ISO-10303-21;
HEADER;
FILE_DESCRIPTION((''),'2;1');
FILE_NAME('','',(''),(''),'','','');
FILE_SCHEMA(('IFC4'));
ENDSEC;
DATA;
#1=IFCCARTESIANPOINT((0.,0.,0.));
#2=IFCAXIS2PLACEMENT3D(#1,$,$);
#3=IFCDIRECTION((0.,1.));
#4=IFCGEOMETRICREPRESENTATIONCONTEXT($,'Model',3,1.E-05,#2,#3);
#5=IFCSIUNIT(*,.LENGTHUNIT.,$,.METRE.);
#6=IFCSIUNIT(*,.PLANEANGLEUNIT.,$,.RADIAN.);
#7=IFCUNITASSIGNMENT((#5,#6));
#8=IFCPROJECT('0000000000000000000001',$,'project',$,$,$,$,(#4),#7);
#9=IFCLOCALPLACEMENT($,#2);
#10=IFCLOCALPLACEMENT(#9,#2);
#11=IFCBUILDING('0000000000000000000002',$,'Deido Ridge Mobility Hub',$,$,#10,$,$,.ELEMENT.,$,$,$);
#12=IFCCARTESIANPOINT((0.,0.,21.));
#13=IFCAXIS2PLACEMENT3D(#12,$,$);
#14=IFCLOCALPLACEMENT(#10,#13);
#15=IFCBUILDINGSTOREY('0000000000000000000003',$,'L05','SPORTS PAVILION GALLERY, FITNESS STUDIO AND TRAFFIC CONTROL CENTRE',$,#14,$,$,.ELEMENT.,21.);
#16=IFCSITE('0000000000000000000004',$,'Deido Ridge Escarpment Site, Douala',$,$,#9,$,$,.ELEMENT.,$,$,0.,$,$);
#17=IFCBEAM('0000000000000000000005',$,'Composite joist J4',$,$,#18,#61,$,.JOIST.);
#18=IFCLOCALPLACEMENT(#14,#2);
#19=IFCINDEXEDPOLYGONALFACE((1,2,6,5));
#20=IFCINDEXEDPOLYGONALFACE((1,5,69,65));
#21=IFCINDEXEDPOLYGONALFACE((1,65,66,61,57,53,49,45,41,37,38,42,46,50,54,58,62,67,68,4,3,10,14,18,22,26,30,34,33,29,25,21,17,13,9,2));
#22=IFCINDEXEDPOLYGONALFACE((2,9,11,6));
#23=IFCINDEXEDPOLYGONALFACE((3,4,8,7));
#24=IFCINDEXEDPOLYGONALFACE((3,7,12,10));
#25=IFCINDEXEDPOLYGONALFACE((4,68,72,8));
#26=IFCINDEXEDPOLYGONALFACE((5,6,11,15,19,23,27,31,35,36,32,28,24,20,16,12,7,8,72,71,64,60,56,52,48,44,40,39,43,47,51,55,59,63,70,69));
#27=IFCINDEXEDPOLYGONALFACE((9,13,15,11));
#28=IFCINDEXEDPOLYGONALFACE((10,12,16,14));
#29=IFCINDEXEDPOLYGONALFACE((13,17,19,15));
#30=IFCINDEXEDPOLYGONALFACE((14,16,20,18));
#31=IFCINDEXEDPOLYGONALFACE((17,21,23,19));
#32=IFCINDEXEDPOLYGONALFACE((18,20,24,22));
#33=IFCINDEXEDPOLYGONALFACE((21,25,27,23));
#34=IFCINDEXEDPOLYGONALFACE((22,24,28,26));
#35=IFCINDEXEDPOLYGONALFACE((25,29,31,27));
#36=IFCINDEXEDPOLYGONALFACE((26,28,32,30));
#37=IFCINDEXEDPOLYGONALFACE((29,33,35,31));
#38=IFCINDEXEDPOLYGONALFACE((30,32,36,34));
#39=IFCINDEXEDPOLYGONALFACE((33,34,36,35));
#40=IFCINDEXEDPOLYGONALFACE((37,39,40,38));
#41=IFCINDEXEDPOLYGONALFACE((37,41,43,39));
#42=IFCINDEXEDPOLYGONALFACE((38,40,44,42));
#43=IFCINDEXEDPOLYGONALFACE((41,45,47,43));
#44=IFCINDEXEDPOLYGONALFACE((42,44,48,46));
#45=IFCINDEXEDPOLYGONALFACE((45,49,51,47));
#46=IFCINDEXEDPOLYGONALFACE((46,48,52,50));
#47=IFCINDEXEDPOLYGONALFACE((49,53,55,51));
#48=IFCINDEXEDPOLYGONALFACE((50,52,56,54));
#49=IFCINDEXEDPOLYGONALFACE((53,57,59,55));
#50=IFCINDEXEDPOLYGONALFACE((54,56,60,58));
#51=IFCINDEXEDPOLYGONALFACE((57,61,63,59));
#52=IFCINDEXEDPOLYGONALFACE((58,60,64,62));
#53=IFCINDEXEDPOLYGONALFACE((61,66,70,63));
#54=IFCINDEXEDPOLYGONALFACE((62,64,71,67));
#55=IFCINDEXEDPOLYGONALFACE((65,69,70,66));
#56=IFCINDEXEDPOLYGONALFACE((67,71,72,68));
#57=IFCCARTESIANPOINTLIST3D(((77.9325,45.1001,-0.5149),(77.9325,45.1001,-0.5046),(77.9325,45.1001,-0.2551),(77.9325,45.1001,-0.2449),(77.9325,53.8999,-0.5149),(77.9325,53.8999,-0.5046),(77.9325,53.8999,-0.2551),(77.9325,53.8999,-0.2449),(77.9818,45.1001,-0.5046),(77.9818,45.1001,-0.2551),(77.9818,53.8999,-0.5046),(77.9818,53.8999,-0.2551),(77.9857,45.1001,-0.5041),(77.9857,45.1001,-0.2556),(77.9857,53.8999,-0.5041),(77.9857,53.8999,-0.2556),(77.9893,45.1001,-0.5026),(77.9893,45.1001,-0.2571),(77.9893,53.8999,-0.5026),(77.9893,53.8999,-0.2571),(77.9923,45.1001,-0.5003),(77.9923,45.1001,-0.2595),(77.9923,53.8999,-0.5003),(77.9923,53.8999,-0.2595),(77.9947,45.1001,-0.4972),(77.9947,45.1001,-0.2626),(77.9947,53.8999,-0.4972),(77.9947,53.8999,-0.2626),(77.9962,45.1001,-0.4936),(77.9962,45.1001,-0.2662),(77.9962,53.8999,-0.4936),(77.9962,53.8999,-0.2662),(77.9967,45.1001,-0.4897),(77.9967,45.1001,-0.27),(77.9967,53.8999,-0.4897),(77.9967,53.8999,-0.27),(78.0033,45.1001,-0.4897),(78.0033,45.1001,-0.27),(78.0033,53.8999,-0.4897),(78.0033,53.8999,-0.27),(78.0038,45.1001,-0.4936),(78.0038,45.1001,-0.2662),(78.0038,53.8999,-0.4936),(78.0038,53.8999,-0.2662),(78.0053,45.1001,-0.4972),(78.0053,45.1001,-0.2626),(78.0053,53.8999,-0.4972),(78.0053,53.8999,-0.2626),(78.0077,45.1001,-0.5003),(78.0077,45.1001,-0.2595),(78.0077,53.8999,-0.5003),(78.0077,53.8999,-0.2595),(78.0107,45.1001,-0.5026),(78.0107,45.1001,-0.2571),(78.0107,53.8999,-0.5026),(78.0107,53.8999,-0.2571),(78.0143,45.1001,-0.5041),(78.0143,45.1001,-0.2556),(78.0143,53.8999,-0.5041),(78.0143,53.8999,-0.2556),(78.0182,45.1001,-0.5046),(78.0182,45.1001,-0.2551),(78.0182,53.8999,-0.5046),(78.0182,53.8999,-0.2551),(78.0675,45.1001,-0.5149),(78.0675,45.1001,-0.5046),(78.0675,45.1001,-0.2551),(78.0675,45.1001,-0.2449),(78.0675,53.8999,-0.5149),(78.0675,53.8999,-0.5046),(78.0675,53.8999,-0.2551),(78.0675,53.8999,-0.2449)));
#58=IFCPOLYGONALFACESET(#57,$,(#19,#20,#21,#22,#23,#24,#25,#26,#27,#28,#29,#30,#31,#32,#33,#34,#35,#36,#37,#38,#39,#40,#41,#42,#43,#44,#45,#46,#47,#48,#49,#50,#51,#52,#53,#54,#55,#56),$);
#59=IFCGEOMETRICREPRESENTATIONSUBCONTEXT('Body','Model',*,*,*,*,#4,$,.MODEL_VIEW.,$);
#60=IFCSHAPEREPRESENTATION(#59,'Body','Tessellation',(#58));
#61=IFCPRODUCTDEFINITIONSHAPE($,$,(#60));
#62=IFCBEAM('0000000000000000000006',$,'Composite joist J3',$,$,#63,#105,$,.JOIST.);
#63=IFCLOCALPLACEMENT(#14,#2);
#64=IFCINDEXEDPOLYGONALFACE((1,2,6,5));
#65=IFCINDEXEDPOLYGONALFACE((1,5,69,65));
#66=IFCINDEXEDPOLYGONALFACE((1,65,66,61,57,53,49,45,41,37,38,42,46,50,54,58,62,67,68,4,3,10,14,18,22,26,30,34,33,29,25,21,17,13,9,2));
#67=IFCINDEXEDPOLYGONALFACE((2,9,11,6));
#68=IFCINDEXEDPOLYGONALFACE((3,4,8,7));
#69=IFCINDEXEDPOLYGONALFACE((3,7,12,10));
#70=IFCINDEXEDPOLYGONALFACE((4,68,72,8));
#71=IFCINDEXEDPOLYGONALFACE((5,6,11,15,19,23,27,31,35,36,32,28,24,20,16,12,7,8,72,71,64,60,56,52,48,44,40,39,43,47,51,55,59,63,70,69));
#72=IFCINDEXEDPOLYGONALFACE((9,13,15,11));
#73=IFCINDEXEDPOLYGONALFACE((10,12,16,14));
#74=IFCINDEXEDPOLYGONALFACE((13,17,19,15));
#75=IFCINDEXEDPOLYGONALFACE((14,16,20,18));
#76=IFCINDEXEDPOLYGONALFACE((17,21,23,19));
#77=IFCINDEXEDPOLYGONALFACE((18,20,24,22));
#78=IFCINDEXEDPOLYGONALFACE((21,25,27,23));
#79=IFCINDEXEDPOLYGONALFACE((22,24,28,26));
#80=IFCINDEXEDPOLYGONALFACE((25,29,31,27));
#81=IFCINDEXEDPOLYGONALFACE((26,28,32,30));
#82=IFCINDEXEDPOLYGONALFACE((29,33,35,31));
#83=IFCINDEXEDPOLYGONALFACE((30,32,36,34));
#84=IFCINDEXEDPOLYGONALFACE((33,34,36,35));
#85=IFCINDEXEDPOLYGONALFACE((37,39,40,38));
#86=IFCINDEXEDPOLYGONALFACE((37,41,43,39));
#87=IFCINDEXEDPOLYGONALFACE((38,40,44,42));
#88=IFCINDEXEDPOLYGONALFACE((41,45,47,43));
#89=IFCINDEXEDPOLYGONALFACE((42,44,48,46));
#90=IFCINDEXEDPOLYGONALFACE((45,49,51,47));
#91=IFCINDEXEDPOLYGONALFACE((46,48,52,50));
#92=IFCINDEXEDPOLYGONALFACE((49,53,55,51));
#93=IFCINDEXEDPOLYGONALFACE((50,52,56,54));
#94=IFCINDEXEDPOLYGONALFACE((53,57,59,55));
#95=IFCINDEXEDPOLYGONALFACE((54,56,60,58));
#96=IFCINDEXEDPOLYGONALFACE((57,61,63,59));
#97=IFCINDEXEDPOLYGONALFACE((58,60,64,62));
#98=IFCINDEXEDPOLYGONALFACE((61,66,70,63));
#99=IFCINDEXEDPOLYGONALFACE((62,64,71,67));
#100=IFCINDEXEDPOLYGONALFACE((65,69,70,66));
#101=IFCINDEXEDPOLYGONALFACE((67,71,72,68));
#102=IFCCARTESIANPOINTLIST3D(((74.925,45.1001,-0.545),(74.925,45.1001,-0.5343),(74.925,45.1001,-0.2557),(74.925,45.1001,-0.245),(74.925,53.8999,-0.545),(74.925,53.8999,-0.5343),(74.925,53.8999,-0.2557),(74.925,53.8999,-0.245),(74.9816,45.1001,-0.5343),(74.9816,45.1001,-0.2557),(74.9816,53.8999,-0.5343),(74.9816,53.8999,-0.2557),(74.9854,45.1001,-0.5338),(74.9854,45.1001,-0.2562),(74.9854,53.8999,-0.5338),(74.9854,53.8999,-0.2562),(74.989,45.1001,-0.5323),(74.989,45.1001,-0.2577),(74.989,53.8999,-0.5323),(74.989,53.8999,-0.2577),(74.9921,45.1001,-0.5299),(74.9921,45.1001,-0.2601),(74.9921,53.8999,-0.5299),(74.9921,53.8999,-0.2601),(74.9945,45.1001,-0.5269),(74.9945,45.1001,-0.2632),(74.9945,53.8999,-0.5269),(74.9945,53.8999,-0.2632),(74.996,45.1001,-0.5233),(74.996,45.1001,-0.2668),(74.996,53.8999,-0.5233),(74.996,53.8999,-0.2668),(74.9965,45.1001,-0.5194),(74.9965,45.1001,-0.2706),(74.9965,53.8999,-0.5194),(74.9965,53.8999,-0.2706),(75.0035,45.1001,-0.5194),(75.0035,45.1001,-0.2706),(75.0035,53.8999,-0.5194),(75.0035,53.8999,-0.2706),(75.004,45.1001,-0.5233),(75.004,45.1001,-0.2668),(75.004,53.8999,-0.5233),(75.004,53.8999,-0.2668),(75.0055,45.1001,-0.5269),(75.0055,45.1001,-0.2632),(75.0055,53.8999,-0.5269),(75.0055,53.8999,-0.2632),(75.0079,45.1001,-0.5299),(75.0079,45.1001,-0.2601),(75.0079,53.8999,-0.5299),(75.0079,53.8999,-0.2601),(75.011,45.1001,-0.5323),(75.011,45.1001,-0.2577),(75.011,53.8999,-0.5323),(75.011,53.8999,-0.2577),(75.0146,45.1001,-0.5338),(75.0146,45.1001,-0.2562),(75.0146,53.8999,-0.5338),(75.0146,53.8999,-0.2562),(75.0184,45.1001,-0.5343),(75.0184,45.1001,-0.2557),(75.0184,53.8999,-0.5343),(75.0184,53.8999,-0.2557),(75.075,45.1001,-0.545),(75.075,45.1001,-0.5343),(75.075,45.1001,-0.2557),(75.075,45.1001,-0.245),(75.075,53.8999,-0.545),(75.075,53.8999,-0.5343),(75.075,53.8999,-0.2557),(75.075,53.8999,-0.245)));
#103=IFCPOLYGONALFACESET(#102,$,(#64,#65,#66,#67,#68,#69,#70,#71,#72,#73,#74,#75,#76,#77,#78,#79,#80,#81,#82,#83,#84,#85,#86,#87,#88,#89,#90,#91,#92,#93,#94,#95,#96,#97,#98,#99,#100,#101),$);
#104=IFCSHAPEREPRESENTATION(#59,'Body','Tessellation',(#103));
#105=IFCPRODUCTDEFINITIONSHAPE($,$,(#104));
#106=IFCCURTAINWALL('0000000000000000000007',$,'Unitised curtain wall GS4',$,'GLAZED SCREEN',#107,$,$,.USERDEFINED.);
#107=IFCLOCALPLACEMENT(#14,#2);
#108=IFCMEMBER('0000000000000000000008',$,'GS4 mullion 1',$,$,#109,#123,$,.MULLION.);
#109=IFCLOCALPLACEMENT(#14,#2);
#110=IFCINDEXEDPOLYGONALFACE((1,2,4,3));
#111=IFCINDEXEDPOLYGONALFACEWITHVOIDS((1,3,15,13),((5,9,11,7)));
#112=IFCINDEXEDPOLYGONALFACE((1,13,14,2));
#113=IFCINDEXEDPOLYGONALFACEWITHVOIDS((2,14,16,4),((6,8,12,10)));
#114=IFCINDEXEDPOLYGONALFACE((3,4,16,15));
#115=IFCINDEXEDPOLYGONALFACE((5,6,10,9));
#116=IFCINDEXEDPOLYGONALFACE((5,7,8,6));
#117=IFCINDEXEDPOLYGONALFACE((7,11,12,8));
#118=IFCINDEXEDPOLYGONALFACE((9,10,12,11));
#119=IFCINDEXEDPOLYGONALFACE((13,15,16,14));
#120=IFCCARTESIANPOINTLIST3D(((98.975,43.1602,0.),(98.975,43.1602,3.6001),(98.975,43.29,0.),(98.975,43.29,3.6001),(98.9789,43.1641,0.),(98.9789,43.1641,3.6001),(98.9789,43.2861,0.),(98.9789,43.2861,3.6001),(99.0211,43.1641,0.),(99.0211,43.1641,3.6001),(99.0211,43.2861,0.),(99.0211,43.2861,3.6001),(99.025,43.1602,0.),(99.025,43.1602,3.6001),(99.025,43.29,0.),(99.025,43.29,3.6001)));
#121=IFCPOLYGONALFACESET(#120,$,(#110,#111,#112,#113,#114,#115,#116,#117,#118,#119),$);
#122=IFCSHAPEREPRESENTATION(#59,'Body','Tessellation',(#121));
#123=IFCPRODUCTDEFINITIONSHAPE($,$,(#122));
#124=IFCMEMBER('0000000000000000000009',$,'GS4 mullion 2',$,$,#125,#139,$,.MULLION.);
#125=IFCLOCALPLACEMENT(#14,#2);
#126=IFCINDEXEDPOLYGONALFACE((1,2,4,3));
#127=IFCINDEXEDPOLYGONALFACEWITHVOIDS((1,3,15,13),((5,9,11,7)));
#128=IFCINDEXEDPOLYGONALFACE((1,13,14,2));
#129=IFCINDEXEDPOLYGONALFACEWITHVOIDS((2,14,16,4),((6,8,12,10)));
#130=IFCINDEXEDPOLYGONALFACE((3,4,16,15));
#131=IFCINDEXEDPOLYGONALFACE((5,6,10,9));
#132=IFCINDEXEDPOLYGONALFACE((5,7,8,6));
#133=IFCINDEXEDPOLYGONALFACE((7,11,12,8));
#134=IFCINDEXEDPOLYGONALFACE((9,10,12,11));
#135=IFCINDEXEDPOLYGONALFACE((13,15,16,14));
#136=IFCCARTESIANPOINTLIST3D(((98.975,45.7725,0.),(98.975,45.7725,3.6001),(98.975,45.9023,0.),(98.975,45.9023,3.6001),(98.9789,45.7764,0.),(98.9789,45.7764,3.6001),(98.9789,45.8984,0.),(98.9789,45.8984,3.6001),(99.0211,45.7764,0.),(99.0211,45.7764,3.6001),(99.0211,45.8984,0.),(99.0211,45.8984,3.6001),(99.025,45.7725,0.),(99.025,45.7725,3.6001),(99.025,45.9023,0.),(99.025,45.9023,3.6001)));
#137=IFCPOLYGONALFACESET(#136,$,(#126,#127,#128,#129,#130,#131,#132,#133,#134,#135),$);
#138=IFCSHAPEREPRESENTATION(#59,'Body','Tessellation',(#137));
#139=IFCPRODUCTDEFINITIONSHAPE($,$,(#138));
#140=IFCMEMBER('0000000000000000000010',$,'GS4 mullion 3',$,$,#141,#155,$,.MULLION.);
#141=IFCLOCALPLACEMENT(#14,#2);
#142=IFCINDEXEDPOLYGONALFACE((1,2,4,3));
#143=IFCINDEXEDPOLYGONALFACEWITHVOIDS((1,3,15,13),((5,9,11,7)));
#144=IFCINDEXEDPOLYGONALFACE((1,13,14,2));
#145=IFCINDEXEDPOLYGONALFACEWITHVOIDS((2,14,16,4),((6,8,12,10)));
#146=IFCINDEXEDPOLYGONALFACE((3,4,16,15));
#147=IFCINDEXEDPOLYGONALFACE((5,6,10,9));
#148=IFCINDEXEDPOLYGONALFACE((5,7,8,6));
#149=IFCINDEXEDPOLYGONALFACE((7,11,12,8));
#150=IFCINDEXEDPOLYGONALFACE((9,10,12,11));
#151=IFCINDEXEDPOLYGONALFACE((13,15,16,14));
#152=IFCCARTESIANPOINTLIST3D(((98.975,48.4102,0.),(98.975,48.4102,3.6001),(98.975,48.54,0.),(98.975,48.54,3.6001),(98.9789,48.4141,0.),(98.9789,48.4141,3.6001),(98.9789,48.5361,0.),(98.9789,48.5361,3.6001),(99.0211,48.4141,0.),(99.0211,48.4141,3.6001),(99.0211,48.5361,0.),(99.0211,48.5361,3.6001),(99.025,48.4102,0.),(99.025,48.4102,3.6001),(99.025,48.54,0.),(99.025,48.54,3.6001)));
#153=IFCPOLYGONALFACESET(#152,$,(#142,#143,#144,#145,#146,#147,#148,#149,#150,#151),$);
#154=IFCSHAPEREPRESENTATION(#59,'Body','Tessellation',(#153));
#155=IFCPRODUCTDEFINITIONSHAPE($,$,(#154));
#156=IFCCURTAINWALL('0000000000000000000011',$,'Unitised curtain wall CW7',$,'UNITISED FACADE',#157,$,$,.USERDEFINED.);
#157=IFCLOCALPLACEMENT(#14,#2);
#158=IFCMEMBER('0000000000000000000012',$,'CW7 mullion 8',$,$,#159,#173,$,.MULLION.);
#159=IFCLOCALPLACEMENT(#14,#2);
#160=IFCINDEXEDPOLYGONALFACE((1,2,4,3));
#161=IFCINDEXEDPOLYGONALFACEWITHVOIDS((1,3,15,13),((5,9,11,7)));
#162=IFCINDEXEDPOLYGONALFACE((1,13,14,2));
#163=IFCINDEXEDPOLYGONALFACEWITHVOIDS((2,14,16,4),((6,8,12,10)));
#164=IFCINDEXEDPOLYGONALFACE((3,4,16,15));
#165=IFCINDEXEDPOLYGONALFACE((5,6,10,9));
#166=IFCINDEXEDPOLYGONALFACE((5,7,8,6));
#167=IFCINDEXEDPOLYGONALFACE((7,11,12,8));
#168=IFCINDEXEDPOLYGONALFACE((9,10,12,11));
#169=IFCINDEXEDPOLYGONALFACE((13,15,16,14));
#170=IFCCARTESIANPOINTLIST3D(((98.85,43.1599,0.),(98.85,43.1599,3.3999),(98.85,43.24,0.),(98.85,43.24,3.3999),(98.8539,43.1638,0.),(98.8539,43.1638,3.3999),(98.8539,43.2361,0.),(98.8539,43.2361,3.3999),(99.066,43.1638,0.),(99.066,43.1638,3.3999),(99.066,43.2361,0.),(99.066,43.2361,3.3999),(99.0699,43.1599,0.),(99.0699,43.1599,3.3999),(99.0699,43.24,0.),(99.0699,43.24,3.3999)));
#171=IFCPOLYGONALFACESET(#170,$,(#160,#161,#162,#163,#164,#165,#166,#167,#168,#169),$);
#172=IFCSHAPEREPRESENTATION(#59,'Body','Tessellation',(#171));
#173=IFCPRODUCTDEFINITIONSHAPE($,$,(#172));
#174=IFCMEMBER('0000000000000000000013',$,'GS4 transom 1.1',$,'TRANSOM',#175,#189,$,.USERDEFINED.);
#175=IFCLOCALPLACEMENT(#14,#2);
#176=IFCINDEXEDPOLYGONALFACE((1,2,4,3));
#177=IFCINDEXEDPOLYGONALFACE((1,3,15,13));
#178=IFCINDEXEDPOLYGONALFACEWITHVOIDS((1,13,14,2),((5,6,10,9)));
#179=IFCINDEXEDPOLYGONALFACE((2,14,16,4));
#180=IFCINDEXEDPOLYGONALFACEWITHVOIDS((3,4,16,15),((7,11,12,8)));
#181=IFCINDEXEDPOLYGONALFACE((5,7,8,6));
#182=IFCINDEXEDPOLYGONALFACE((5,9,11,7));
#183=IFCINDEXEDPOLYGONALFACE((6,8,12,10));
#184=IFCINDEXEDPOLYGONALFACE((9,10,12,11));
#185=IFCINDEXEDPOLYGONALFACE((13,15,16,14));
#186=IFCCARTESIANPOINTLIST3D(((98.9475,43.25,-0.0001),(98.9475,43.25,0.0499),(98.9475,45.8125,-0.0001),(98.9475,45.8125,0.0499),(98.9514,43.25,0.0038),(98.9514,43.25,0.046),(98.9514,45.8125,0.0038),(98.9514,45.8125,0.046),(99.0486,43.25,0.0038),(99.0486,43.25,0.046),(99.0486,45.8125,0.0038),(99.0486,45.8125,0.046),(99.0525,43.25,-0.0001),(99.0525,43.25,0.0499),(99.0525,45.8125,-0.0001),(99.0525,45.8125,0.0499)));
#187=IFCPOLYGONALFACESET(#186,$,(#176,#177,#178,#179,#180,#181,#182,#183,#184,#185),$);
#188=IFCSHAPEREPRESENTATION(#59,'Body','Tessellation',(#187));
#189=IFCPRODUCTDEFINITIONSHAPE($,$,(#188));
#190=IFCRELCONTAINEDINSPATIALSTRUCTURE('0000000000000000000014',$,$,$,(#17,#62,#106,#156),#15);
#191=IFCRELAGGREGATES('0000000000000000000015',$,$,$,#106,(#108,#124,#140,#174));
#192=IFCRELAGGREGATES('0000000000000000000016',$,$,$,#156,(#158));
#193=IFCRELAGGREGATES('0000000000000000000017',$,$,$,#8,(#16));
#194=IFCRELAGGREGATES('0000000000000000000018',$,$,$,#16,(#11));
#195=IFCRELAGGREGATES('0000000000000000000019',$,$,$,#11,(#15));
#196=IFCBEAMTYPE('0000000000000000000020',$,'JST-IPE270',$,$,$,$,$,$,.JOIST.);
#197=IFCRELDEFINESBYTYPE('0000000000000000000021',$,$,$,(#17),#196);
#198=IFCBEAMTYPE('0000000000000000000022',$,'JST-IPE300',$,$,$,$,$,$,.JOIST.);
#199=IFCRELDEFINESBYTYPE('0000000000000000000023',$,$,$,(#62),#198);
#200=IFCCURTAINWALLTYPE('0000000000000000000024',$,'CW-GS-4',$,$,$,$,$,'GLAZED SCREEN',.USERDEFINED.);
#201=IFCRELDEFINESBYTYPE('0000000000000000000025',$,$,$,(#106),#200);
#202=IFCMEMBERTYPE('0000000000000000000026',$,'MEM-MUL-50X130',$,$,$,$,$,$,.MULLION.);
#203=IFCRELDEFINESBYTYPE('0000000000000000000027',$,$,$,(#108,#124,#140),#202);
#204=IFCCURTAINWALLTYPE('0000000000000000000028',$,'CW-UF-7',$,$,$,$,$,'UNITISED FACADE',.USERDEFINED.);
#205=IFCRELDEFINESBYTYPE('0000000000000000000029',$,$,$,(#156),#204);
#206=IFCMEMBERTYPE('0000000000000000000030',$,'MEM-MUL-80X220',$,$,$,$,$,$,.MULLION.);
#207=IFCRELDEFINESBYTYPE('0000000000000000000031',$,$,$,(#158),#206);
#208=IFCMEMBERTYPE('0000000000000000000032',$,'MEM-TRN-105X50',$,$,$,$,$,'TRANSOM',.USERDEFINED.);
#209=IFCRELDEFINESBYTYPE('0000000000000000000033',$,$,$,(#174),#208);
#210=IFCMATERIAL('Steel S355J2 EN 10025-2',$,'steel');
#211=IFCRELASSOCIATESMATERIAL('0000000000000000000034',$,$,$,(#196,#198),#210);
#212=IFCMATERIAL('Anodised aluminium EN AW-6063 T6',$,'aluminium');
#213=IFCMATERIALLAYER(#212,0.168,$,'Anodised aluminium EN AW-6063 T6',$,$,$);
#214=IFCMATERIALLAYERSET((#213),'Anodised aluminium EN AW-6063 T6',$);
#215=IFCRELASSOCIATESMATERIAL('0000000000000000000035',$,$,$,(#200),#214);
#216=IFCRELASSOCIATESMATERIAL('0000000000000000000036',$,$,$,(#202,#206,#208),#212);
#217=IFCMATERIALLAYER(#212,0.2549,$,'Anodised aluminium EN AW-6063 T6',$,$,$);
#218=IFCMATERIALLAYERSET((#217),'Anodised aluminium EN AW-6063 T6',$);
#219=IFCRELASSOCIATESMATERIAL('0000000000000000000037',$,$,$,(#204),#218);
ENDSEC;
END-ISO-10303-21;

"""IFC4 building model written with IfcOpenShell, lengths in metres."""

from ifc_helpers import new_model, si_unit, direction, frame, origin, origin_2d, place, context, subcontext, project, spatial, hollow_rectangle, i_section, extrude, material, layer, layer_set, material_profile, profile_set, type_object, element, aggregate, save


model = new_model("IFC4")

# Units and contexts
model_context = context("Model", 3, precision=1e-05, world=origin(), true_north=direction((0.0, 1.0)))
body_context = subcontext(model_context, "Body", "Model", "MODEL_VIEW")
ifc_project = project(units=[si_unit("LENGTHUNIT", "METRE"), si_unit("PLANEANGLEUNIT", "RADIAN")], contexts=[model_context])

# Site, building, storey
site_placement = place(None, origin())
site = spatial("IfcSite", under=ifc_project, at=site_placement, Name="Deido Ridge Escarpment Site, Douala", CompositionType="ELEMENT", RefElevation=0.0)
building_placement = place(site_placement, origin())
building = spatial("IfcBuilding", under=site, at=building_placement, Name="Deido Ridge Mobility Hub", CompositionType="ELEMENT")
storey_placement = place(building_placement, frame((0.0, 0.0, 21.0)))
storey = spatial("IfcBuildingStorey", under=building, at=storey_placement, Name="L05", Description="SPORTS PAVILION GALLERY, FITNESS STUDIO AND TRAFFIC CONTROL CENTRE", CompositionType="ELEMENT", Elevation=21.0)

# Shared definitions
ifc_material_1 = material(Name="Steel S355J2 EN 10025-2", Category="steel")

# Beams
ifc_material_profile_1 = material_profile(ifc_material_1, i_section(OverallWidth=0.135, OverallDepth=0.27, WebThickness=0.0066, FlangeThickness=0.0103, FilletRadius=0.0149, at=origin_2d()), Name="IPE 270")
ifc_profile_set_1 = profile_set([ifc_material_profile_1], Name="Steel S355J2 EN 10025-2")
beam_type_1 = type_object("IfcBeamType", Name="JST-IPE270", PredefinedType="JOIST", material=ifc_profile_set_1)
beam_1_placement = place(storey_placement, frame((78.0, 45.1001, -0.3799), z_axis=(0.0, 1.0, 0.0), x_axis=(-1.0, 0.0, 0.0)))
element("IfcBeam", 1, at=beam_1_placement, inside=storey, type_object=beam_type_1, Name="Composite joist J4", PredefinedType="JOIST", context=body_context, shape_type="SweptSolid", body=[
    extrude(i_section(OverallWidth=0.135, OverallDepth=0.27, WebThickness=0.0066, FlangeThickness=0.0103, FilletRadius=0.0149, at=origin_2d()), origin(), (0.0, 0.0, 1.0), 8.7998),
])
ifc_material_profile_2 = material_profile(ifc_material_1, i_section(OverallWidth=0.1499, OverallDepth=0.3, WebThickness=0.0071, FlangeThickness=0.0107, FilletRadius=0.0149, at=origin_2d()), Name="IPE 300")
ifc_profile_set_2 = profile_set([ifc_material_profile_2], Name="Steel S355J2 EN 10025-2")
beam_type_2 = type_object("IfcBeamType", Name="JST-IPE300", PredefinedType="JOIST", material=ifc_profile_set_2)
beam_2_placement = place(storey_placement, frame((75.0, 45.1001, -0.395), z_axis=(0.0, 1.0, 0.0), x_axis=(-1.0, 0.0, 0.0)))
element("IfcBeam", 2, at=beam_2_placement, inside=storey, type_object=beam_type_2, Name="Composite joist J3", PredefinedType="JOIST", context=body_context, shape_type="SweptSolid", body=[
    extrude(i_section(OverallWidth=0.1499, OverallDepth=0.3, WebThickness=0.0071, FlangeThickness=0.0107, FilletRadius=0.0149, at=origin_2d()), origin(), (0.0, 0.0, 1.0), 8.7998),
])

# Curtain wall, members
ifc_material_2 = material(Name="Anodised aluminium EN AW-6063 T6", Category="aluminium")
ifc_layer_1 = layer(ifc_material_2, 0.168, Name="Anodised aluminium EN AW-6063 T6")
ifc_layer_set_1 = layer_set([ifc_layer_1], Name="Anodised aluminium EN AW-6063 T6")
curtain_wall_type_1 = type_object("IfcCurtainWallType", Name="CW-GS-4", ElementType="GLAZED SCREEN", PredefinedType="USERDEFINED", material=ifc_layer_set_1)
curtain_wall_1_placement = place(storey_placement, origin())
curtain_wall_1 = element("IfcCurtainWall", 3, at=curtain_wall_1_placement, inside=storey, type_object=curtain_wall_type_1, Name="Unitised curtain wall GS4", ObjectType="GLAZED SCREEN", PredefinedType="USERDEFINED")
ifc_material_profile_3 = material_profile(ifc_material_2, hollow_rectangle(XDim=0.05, YDim=0.1299, WallThickness=0.0039, at=origin_2d()), Name="RHS 50x130x4")
ifc_profile_set_3 = profile_set([ifc_material_profile_3], Name="Anodised aluminium EN AW-6063 T6")
member_type_1 = type_object("IfcMemberType", Name="MEM-MUL-50X130", PredefinedType="MULLION", material=ifc_profile_set_3)
member_1_placement = place(storey_placement, frame((99.0, 43.2251, 0.0), z_axis=(0.0, 0.0, 1.0), x_axis=(-1.0, 0.0, 0.0)))
member_1 = element("IfcMember", 4, at=member_1_placement, type_object=member_type_1, Name="GS4 mullion 1", PredefinedType="MULLION", context=body_context, shape_type="SweptSolid", body=[
    extrude(hollow_rectangle(XDim=0.05, YDim=0.1299, WallThickness=0.0039, at=origin_2d()), origin(), (0.0, 0.0, 1.0), 3.6001),
])
member_2_placement = place(storey_placement, frame((99.0, 45.8374, 0.0), z_axis=(0.0, 0.0, 1.0), x_axis=(-1.0, 0.0, 0.0)))
member_2 = element("IfcMember", 5, at=member_2_placement, type_object=member_type_1, Name="GS4 mullion 2", PredefinedType="MULLION", context=body_context, shape_type="SweptSolid", body=[
    extrude(hollow_rectangle(XDim=0.05, YDim=0.1299, WallThickness=0.0039, at=origin_2d()), origin(), (0.0, 0.0, 1.0), 3.6001),
])
member_3_placement = place(storey_placement, frame((99.0, 48.4751, 0.0), z_axis=(0.0, 0.0, 1.0), x_axis=(-1.0, 0.0, 0.0)))
member_3 = element("IfcMember", 6, at=member_3_placement, type_object=member_type_1, Name="GS4 mullion 3", PredefinedType="MULLION", context=body_context, shape_type="SweptSolid", body=[
    extrude(hollow_rectangle(XDim=0.05, YDim=0.1299, WallThickness=0.0039, at=origin_2d()), origin(), (0.0, 0.0, 1.0), 3.6001),
])

# Curtain wall, member
ifc_layer_2 = layer(ifc_material_2, 0.2549, Name="Anodised aluminium EN AW-6063 T6")
ifc_layer_set_2 = layer_set([ifc_layer_2], Name="Anodised aluminium EN AW-6063 T6")
curtain_wall_type_2 = type_object("IfcCurtainWallType", Name="CW-UF-7", ElementType="UNITISED FACADE", PredefinedType="USERDEFINED", material=ifc_layer_set_2)
curtain_wall_2_placement = place(storey_placement, origin())
curtain_wall_2 = element("IfcCurtainWall", 7, at=curtain_wall_2_placement, inside=storey, type_object=curtain_wall_type_2, Name="Unitised curtain wall CW7", ObjectType="UNITISED FACADE", PredefinedType="USERDEFINED")
ifc_material_profile_4 = material_profile(ifc_material_2, hollow_rectangle(XDim=0.0801, YDim=0.22, WallThickness=0.0039, at=origin_2d()), Name="RHS 80x220x4")
ifc_profile_set_4 = profile_set([ifc_material_profile_4], Name="Anodised aluminium EN AW-6063 T6")
member_type_2 = type_object("IfcMemberType", Name="MEM-MUL-80X220", PredefinedType="MULLION", material=ifc_profile_set_4)
member_4_placement = place(storey_placement, frame((98.96, 43.2, 0.0), z_axis=(0.0, 0.0, 1.0), x_axis=(0.0, 1.0, 0.0)))
member_4 = element("IfcMember", 8, at=member_4_placement, type_object=member_type_2, Name="CW7 mullion 8", PredefinedType="MULLION", context=body_context, shape_type="SweptSolid", body=[
    extrude(hollow_rectangle(XDim=0.0801, YDim=0.22, WallThickness=0.0039, at=origin_2d()), origin(), (0.0, 0.0, 1.0), 3.3999),
])

# Member
ifc_material_profile_5 = material_profile(ifc_material_2, hollow_rectangle(XDim=0.105, YDim=0.05, WallThickness=0.0039, at=origin_2d()), Name="RHS 105x50x4")
ifc_profile_set_5 = profile_set([ifc_material_profile_5], Name="Anodised aluminium EN AW-6063 T6")
member_type_3 = type_object("IfcMemberType", Name="MEM-TRN-105X50", ElementType="TRANSOM", PredefinedType="USERDEFINED", material=ifc_profile_set_5)
member_5_placement = place(storey_placement, frame((99.0, 43.25, 0.0249), z_axis=(0.0, 1.0, 0.0), x_axis=(-1.0, 0.0, 0.0)))
member_5 = element("IfcMember", 9, at=member_5_placement, type_object=member_type_3, Name="GS4 transom 1.1", ObjectType="TRANSOM", PredefinedType="USERDEFINED", context=body_context, shape_type="SweptSolid", body=[
    extrude(hollow_rectangle(XDim=0.105, YDim=0.05, WallThickness=0.0039, at=origin_2d()), origin(), (0.0, 0.0, 1.0), 2.5625),
])

aggregate(curtain_wall_1, [member_1, member_2, member_3, member_5])
aggregate(curtain_wall_2, [member_4])

save(model, "model.ifc")
